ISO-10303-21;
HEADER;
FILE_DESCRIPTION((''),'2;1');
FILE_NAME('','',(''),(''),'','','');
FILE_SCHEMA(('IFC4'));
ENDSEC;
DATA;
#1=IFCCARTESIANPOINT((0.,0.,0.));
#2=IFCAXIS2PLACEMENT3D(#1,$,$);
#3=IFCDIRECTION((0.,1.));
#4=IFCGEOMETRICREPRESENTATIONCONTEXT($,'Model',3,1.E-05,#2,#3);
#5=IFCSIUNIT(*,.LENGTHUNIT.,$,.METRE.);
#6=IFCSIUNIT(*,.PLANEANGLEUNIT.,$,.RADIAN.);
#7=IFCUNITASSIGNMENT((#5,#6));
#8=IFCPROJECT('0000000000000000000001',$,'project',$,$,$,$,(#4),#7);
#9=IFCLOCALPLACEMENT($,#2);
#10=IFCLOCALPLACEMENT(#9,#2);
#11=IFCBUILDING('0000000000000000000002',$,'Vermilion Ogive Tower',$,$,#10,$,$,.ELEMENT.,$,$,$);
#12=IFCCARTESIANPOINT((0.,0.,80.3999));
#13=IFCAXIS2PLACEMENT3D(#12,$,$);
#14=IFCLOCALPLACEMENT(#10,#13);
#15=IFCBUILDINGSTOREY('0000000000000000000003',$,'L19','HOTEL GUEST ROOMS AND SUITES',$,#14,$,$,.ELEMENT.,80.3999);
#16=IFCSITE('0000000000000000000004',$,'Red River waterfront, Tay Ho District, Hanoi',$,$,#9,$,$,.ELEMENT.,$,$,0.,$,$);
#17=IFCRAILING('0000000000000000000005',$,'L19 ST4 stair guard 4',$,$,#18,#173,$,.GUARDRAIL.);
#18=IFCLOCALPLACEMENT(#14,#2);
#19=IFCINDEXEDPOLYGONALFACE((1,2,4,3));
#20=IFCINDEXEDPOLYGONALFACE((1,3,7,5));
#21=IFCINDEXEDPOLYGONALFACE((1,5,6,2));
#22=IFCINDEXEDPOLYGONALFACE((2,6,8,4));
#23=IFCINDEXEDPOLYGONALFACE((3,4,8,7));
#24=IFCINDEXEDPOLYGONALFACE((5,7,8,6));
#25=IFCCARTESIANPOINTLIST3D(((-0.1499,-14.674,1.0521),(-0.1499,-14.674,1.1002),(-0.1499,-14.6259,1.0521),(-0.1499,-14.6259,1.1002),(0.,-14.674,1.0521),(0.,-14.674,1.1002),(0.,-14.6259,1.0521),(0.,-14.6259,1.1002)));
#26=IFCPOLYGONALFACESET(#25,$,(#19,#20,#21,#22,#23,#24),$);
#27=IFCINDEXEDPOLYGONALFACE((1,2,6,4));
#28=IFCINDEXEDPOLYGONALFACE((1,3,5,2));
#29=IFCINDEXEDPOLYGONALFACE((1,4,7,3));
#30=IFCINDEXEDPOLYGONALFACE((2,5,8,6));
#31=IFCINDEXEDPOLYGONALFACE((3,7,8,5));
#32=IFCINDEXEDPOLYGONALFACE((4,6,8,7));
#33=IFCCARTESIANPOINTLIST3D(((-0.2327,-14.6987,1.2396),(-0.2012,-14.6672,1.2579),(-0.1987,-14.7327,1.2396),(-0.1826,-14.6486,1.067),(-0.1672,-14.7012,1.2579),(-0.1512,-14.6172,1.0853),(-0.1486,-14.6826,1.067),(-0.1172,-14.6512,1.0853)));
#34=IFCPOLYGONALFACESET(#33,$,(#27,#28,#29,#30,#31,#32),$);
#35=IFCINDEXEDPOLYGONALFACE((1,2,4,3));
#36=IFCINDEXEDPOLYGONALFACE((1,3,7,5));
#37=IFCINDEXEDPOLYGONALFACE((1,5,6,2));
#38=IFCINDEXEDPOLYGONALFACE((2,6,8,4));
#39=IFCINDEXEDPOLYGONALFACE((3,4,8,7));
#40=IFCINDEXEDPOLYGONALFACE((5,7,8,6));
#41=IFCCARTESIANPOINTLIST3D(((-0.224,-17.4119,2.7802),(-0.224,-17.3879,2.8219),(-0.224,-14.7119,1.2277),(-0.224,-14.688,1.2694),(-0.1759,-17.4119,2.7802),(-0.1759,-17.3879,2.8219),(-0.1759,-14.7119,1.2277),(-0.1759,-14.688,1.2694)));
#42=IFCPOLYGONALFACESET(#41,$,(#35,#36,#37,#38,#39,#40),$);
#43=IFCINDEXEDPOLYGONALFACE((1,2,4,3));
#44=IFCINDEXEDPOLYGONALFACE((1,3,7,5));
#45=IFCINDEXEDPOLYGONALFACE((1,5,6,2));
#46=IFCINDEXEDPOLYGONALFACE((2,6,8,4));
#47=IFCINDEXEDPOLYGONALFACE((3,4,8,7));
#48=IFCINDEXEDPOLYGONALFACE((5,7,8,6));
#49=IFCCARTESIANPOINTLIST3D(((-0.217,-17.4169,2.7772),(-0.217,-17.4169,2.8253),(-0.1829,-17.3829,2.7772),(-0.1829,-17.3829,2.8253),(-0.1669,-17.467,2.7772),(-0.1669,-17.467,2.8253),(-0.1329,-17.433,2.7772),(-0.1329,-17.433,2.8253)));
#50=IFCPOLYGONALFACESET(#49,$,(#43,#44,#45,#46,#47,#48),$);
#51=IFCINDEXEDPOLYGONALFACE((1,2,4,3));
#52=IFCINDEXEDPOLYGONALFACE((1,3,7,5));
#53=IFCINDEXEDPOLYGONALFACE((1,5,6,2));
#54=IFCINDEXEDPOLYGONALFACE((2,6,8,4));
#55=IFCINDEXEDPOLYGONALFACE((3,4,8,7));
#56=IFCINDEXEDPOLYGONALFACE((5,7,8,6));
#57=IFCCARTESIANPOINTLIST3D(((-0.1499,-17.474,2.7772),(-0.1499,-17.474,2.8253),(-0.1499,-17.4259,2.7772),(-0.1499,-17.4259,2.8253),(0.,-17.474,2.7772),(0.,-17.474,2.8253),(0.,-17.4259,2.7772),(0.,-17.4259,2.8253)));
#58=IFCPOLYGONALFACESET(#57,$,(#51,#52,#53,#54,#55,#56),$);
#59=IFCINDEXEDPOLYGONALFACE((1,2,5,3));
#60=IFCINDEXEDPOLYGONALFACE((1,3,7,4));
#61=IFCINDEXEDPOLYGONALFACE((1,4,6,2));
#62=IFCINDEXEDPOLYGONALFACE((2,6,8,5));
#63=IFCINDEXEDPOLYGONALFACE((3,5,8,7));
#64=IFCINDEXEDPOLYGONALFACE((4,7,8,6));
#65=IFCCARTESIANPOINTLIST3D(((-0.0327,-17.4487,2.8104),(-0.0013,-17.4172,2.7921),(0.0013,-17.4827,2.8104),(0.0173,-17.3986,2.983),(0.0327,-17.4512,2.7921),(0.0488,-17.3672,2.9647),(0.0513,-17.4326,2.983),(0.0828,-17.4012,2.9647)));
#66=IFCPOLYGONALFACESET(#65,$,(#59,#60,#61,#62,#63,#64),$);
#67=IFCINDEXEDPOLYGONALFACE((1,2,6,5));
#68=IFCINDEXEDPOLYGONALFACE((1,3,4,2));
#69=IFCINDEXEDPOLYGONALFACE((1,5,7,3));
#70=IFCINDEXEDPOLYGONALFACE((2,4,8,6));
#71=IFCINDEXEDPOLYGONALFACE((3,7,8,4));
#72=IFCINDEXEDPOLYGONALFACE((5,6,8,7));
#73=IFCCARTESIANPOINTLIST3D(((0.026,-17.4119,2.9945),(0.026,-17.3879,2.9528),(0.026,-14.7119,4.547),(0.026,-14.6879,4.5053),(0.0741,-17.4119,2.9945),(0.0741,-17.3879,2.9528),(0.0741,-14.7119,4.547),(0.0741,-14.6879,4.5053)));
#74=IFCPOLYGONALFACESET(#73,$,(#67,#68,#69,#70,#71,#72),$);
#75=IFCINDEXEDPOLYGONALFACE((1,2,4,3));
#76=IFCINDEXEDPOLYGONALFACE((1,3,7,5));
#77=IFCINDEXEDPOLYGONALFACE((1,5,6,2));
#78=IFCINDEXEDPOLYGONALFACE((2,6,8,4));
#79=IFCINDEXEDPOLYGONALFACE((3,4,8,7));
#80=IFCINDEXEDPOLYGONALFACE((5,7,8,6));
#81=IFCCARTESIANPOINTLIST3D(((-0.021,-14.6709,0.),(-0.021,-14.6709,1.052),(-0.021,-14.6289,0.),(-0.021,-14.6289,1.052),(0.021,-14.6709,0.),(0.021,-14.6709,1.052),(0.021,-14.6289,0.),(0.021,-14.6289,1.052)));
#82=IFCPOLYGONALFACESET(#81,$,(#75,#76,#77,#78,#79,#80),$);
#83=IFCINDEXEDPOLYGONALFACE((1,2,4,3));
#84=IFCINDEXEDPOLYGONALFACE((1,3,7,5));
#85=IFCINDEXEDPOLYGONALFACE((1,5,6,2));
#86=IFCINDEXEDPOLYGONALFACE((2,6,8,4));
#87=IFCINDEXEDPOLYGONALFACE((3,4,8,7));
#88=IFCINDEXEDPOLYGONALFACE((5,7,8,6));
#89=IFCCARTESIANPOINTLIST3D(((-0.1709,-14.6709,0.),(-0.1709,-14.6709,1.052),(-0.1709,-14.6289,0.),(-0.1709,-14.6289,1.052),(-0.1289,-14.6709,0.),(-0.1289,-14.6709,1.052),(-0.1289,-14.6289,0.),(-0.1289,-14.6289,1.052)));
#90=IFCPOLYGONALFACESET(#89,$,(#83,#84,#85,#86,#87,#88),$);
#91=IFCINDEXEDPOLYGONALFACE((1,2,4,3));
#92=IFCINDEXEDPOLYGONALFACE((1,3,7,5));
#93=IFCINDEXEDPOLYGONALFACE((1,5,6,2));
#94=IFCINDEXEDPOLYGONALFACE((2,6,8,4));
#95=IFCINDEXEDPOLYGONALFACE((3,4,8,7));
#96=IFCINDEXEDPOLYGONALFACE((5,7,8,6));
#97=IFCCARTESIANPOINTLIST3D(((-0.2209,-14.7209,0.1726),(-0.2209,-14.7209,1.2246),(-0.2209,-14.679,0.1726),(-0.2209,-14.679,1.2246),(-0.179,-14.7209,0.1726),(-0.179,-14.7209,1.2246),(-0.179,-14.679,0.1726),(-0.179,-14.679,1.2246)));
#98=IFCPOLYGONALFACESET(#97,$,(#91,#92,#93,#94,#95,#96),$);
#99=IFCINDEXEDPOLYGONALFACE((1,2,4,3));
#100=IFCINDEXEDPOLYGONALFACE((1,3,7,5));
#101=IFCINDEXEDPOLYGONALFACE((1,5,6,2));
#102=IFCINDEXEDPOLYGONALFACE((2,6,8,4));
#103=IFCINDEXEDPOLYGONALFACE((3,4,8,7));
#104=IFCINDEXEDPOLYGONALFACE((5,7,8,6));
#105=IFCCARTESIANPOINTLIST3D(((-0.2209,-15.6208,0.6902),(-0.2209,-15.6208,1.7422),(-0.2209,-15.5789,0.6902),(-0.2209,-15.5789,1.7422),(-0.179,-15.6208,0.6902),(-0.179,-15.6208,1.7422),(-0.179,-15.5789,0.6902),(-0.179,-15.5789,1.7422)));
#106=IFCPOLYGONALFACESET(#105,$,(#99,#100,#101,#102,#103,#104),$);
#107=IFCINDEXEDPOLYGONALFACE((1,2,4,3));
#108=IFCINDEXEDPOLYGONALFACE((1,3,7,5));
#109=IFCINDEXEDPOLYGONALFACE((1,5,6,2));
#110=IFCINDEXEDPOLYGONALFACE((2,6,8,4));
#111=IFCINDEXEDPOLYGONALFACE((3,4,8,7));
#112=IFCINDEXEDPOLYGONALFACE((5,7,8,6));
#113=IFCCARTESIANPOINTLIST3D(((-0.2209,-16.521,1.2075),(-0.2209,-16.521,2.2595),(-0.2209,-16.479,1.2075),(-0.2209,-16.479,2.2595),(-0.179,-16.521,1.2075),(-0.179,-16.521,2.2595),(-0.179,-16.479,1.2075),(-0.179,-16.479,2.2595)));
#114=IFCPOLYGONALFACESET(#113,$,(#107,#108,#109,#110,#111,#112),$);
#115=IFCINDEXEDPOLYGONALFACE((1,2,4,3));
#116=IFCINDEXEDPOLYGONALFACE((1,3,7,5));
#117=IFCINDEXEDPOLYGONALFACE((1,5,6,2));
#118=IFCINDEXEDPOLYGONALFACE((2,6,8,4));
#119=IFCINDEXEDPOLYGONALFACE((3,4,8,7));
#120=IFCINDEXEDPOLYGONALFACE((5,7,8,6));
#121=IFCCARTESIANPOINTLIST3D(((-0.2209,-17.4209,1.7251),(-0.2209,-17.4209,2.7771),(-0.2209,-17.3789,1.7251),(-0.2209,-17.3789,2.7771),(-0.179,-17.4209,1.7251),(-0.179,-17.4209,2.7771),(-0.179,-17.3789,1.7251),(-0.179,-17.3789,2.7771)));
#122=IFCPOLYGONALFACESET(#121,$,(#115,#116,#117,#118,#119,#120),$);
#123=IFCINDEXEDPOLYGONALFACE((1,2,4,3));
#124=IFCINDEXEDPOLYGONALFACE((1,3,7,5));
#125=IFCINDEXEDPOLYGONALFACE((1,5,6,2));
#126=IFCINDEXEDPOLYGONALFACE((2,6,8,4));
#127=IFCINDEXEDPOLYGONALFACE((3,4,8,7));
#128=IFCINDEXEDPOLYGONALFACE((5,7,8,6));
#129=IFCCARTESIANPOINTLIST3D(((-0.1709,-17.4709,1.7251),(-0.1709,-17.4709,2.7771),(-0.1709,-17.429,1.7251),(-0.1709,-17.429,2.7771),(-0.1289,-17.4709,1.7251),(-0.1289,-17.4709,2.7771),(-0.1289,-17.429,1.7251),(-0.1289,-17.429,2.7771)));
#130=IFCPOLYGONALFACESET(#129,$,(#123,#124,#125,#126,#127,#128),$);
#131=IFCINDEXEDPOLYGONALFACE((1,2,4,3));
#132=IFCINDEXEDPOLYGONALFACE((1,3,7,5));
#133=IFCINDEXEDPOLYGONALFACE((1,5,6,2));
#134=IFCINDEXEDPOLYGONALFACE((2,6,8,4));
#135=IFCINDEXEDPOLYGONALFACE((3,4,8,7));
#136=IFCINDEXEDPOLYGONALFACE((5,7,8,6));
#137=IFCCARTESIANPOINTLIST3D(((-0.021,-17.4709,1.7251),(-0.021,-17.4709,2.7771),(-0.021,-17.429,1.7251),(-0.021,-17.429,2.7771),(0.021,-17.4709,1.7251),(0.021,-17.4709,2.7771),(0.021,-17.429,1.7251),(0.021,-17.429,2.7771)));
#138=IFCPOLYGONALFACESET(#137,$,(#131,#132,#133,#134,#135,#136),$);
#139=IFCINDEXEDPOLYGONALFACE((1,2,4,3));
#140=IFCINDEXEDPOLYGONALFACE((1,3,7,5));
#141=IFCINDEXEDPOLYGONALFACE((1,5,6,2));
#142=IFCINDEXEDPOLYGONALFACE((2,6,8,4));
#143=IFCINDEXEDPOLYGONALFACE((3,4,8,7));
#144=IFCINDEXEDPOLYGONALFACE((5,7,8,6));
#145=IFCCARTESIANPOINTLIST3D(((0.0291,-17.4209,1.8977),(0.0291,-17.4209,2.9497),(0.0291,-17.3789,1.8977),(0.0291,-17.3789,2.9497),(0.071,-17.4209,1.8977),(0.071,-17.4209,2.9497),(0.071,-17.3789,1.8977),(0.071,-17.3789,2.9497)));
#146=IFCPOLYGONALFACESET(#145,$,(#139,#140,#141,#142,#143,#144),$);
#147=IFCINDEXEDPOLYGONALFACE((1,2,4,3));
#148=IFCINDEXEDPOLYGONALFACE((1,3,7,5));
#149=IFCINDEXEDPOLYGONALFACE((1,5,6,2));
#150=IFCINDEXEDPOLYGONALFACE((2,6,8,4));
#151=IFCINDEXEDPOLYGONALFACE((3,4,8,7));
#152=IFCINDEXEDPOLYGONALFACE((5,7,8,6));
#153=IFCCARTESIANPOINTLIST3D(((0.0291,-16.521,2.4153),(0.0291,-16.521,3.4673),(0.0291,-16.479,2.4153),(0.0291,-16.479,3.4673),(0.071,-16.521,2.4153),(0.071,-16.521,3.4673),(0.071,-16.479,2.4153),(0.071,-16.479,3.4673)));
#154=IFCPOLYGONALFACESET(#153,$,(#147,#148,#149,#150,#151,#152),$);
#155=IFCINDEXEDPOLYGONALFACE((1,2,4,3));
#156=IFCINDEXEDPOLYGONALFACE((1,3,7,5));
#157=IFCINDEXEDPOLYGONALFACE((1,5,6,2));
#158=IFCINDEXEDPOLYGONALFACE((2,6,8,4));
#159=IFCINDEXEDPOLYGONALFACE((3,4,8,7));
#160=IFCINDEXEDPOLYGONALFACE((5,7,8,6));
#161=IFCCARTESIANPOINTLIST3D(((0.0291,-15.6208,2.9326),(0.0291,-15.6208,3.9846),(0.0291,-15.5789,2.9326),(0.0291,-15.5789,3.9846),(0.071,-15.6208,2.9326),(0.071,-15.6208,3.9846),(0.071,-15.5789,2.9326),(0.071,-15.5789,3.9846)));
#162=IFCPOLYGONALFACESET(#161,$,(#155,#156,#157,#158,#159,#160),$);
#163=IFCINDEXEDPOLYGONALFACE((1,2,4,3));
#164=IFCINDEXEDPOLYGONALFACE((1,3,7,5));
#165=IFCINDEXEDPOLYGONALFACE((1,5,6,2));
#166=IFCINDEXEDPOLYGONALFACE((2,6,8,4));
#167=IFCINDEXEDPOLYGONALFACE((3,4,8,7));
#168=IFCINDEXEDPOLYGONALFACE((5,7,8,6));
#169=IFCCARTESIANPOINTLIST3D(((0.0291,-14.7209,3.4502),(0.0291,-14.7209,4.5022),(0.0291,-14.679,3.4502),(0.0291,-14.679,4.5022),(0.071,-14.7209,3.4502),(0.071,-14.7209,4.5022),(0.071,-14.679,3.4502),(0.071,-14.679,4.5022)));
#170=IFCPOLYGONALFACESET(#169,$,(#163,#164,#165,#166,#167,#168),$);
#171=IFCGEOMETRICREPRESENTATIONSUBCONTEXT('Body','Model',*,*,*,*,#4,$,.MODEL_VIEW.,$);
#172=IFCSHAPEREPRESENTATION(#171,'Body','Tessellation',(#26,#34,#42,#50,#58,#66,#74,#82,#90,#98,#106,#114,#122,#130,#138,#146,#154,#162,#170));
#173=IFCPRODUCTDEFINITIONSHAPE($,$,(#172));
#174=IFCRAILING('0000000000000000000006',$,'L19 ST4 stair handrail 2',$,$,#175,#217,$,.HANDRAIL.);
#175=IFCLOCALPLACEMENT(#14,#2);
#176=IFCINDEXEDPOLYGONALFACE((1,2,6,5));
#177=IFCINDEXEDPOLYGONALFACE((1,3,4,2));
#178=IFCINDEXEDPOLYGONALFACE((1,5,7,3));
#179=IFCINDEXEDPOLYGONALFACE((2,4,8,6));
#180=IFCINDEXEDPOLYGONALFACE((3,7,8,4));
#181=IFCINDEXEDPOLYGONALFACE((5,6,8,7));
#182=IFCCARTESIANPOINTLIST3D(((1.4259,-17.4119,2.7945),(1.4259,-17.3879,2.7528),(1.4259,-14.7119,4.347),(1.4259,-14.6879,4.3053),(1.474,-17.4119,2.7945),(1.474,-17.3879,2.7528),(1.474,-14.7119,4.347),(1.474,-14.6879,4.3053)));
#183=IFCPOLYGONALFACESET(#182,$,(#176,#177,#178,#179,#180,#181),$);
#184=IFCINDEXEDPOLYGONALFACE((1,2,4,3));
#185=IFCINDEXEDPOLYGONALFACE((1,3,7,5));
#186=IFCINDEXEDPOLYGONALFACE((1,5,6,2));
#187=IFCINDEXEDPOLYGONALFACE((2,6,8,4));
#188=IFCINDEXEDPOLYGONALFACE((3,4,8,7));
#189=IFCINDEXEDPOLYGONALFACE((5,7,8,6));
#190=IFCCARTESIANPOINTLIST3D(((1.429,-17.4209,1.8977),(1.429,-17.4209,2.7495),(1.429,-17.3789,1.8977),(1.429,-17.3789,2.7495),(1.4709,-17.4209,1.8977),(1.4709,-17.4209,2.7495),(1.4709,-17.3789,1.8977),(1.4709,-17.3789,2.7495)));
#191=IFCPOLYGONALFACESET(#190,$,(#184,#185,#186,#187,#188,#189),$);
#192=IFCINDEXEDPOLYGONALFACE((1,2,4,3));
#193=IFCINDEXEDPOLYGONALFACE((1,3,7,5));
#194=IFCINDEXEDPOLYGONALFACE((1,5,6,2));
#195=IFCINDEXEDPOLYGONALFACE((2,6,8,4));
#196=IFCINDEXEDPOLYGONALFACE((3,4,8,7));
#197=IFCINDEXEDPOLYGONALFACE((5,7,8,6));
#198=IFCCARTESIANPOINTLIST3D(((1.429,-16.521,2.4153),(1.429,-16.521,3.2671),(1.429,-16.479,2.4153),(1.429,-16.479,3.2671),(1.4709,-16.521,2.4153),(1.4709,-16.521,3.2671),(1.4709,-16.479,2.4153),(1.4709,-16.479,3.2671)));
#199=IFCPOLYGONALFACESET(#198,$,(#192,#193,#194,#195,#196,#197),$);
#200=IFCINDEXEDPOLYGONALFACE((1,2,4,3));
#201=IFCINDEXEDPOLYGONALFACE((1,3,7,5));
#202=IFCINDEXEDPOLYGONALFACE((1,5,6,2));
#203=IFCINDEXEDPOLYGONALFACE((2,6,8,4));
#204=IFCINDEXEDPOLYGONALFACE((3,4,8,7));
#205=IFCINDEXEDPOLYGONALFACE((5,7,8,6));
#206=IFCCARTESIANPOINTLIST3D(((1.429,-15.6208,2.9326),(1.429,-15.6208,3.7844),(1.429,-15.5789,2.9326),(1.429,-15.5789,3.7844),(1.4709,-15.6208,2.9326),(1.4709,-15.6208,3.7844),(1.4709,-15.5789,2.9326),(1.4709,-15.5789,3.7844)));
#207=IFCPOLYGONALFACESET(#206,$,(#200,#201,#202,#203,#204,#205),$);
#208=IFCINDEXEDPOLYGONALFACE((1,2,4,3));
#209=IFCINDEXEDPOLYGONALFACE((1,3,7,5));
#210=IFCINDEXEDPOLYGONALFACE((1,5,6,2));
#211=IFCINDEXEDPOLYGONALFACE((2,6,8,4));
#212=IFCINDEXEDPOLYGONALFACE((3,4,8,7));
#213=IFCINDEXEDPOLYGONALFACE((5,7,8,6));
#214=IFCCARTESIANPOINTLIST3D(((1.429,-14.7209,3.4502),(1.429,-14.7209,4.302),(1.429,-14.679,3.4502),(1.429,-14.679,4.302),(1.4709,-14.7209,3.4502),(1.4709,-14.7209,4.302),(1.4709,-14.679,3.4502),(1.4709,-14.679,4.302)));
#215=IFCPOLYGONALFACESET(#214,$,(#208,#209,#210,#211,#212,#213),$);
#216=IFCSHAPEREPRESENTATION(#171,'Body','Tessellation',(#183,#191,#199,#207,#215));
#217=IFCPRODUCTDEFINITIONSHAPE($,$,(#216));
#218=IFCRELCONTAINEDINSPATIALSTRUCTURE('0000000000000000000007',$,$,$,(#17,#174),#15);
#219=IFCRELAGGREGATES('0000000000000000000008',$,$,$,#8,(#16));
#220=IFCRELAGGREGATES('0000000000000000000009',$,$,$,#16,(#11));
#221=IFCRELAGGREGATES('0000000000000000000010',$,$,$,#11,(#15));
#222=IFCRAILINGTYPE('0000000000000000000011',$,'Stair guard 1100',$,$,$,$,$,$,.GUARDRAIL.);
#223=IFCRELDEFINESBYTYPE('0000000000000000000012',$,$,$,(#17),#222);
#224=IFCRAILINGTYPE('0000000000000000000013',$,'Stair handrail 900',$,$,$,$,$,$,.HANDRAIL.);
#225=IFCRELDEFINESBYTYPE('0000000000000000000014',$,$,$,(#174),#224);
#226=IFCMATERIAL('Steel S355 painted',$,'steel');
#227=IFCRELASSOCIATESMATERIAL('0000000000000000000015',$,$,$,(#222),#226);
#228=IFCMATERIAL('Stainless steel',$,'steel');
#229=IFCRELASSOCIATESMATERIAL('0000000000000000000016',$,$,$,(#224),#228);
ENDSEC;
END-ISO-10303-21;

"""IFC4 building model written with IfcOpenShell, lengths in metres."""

from ifc_helpers import new_model, si_unit, direction, frame, origin, origin_2d, place, context, subcontext, project, spatial, rectangle, extrude, material, type_object, element, save


model = new_model("IFC4")

# Units and contexts
model_context = context("Model", 3, precision=1e-05, world=origin(), true_north=direction((0.0, 1.0)))
body_context = subcontext(model_context, "Body", "Model", "MODEL_VIEW")
ifc_project = project(units=[si_unit("LENGTHUNIT", "METRE"), si_unit("PLANEANGLEUNIT", "RADIAN")], contexts=[model_context])

# Site, building, storey
site_placement = place(None, origin())
site = spatial("IfcSite", under=ifc_project, at=site_placement, Name="Red River waterfront, Tay Ho District, Hanoi", CompositionType="ELEMENT", RefElevation=0.0)
building_placement = place(site_placement, origin())
building = spatial("IfcBuilding", under=site, at=building_placement, Name="Vermilion Ogive Tower", CompositionType="ELEMENT")
storey_placement = place(building_placement, frame((0.0, 0.0, 80.3999)))
storey = spatial("IfcBuildingStorey", under=building, at=storey_placement, Name="L19", Description="HOTEL GUEST ROOMS AND SUITES", CompositionType="ELEMENT", Elevation=80.3999)

# Railings
ifc_material_1 = material(Name="Steel S355 painted", Category="steel")
railing_type_1 = type_object("IfcRailingType", Name="Stair guard 1100", PredefinedType="GUARDRAIL", material=ifc_material_1)
railing_1_placement = place(storey_placement, frame((0.0, -14.6499, 0.0)))
element("IfcRailing", 1, at=railing_1_placement, inside=storey, type_object=railing_type_1, Name="L19 ST4 stair guard 4", PredefinedType="GUARDRAIL", context=body_context, shape_type="SweptSolid", body=[
    extrude(rectangle(XDim=0.0481, YDim=0.0481, at=origin_2d()), frame((0.0, 0.0, 1.0762), z_axis=(-1.0, 0.0, 0.0), x_axis=(0.0, -1.0, 0.0)), (0.0, 0.0, 1.0), 0.1499),
    extrude(rectangle(XDim=0.0481, YDim=0.0481, at=origin_2d()), frame((-0.1499, 0.0, 1.0762), z_axis=(-0.268278, -0.268278, 0.925232), x_axis=(0.707107, -0.707107, 0.0)), (0.0, 0.0, 1.0), 0.1865),
    extrude(rectangle(XDim=0.0481, YDim=0.0481, at=origin_2d()), frame((-0.2, -0.05, 1.2485), z_axis=(0.0, -0.866904, 0.498476), x_axis=(1.0, 0.0, 0.0)), (0.0, 0.0, 1.0), 3.1145),
    extrude(rectangle(XDim=0.0481, YDim=0.0481, at=origin_2d()), frame((-0.2, -2.75, 2.8013), z_axis=(0.707107, -0.707107, 0.0), x_axis=(0.707107, 0.707107, 0.0)), (0.0, 0.0, 1.0), 0.0708),
    extrude(rectangle(XDim=0.0481, YDim=0.0481, at=origin_2d()), frame((-0.1499, -2.8, 2.8013), z_axis=(1.0, 0.0, 0.0), x_axis=(0.0, 1.0, 0.0)), (0.0, 0.0, 1.0), 0.1499),
    extrude(rectangle(XDim=0.0481, YDim=0.0481, at=origin_2d()), frame((0.0, -2.8, 2.8013), z_axis=(0.268278, 0.268278, 0.925232), x_axis=(-0.707107, 0.707107, 0.0)), (0.0, 0.0, 1.0), 0.1865),
    extrude(rectangle(XDim=0.0481, YDim=0.0481, at=origin_2d()), frame((0.05, -2.75, 2.9736), z_axis=(0.0, 0.866904, 0.498476), x_axis=(-1.0, 0.0, 0.0)), (0.0, 0.0, 1.0), 3.1145),
    extrude(rectangle(XDim=0.042, YDim=0.042, at=origin_2d()), origin(), (0.0, 0.0, 1.0), 1.052),
    extrude(rectangle(XDim=0.042, YDim=0.042, at=origin_2d()), frame((-0.1499, 0.0, 0.0)), (0.0, 0.0, 1.0), 1.052),
    extrude(rectangle(XDim=0.042, YDim=0.042, at=origin_2d()), frame((-0.2, -0.05, 0.1726)), (0.0, 0.0, 1.0), 1.052),
    extrude(rectangle(XDim=0.042, YDim=0.042, at=origin_2d()), frame((-0.2, -0.95, 0.6902)), (0.0, 0.0, 1.0), 1.052),
    extrude(rectangle(XDim=0.042, YDim=0.042, at=origin_2d()), frame((-0.2, -1.8501, 1.2075)), (0.0, 0.0, 1.0), 1.052),
    extrude(rectangle(XDim=0.042, YDim=0.042, at=origin_2d()), frame((-0.2, -2.75, 1.7251)), (0.0, 0.0, 1.0), 1.052),
    extrude(rectangle(XDim=0.042, YDim=0.042, at=origin_2d()), frame((-0.1499, -2.8, 1.7251)), (0.0, 0.0, 1.0), 1.052),
    extrude(rectangle(XDim=0.042, YDim=0.042, at=origin_2d()), frame((0.0, -2.8, 1.7251)), (0.0, 0.0, 1.0), 1.052),
    extrude(rectangle(XDim=0.042, YDim=0.042, at=origin_2d()), frame((0.05, -2.75, 1.8977)), (0.0, 0.0, 1.0), 1.052),
    extrude(rectangle(XDim=0.042, YDim=0.042, at=origin_2d()), frame((0.05, -1.8501, 2.4153)), (0.0, 0.0, 1.0), 1.052),
    extrude(rectangle(XDim=0.042, YDim=0.042, at=origin_2d()), frame((0.05, -0.95, 2.9326)), (0.0, 0.0, 1.0), 1.052),
    extrude(rectangle(XDim=0.042, YDim=0.042, at=origin_2d()), frame((0.05, -0.05, 3.4502)), (0.0, 0.0, 1.0), 1.052),
])
ifc_material_2 = material(Name="Stainless steel", Category="steel")
railing_type_2 = type_object("IfcRailingType", Name="Stair handrail 900", PredefinedType="HANDRAIL", material=ifc_material_2)
railing_2_placement = place(storey_placement, frame((1.45, -17.3999, 1.8977)))
element("IfcRailing", 2, at=railing_2_placement, inside=storey, type_object=railing_type_2, Name="L19 ST4 stair handrail 2", PredefinedType="HANDRAIL", context=body_context, shape_type="SweptSolid", body=[
    extrude(rectangle(XDim=0.0481, YDim=0.0481, at=origin_2d()), frame((0.0, 0.0, 0.876), z_axis=(0.0, 0.866904, 0.498476), x_axis=(-1.0, 0.0, 0.0)), (0.0, 0.0, 1.0), 3.1145),
    extrude(rectangle(XDim=0.042, YDim=0.042, at=origin_2d()), origin(), (0.0, 0.0, 1.0), 0.8518),
    extrude(rectangle(XDim=0.042, YDim=0.042, at=origin_2d()), frame((0.0, 0.8999, 0.5176)), (0.0, 0.0, 1.0), 0.8518),
    extrude(rectangle(XDim=0.042, YDim=0.042, at=origin_2d()), frame((0.0, 1.8, 1.0349)), (0.0, 0.0, 1.0), 0.8518),
    extrude(rectangle(XDim=0.042, YDim=0.042, at=origin_2d()), frame((0.0, 2.7, 1.5525)), (0.0, 0.0, 1.0), 0.8518),
])

save(model, "model.ifc")
